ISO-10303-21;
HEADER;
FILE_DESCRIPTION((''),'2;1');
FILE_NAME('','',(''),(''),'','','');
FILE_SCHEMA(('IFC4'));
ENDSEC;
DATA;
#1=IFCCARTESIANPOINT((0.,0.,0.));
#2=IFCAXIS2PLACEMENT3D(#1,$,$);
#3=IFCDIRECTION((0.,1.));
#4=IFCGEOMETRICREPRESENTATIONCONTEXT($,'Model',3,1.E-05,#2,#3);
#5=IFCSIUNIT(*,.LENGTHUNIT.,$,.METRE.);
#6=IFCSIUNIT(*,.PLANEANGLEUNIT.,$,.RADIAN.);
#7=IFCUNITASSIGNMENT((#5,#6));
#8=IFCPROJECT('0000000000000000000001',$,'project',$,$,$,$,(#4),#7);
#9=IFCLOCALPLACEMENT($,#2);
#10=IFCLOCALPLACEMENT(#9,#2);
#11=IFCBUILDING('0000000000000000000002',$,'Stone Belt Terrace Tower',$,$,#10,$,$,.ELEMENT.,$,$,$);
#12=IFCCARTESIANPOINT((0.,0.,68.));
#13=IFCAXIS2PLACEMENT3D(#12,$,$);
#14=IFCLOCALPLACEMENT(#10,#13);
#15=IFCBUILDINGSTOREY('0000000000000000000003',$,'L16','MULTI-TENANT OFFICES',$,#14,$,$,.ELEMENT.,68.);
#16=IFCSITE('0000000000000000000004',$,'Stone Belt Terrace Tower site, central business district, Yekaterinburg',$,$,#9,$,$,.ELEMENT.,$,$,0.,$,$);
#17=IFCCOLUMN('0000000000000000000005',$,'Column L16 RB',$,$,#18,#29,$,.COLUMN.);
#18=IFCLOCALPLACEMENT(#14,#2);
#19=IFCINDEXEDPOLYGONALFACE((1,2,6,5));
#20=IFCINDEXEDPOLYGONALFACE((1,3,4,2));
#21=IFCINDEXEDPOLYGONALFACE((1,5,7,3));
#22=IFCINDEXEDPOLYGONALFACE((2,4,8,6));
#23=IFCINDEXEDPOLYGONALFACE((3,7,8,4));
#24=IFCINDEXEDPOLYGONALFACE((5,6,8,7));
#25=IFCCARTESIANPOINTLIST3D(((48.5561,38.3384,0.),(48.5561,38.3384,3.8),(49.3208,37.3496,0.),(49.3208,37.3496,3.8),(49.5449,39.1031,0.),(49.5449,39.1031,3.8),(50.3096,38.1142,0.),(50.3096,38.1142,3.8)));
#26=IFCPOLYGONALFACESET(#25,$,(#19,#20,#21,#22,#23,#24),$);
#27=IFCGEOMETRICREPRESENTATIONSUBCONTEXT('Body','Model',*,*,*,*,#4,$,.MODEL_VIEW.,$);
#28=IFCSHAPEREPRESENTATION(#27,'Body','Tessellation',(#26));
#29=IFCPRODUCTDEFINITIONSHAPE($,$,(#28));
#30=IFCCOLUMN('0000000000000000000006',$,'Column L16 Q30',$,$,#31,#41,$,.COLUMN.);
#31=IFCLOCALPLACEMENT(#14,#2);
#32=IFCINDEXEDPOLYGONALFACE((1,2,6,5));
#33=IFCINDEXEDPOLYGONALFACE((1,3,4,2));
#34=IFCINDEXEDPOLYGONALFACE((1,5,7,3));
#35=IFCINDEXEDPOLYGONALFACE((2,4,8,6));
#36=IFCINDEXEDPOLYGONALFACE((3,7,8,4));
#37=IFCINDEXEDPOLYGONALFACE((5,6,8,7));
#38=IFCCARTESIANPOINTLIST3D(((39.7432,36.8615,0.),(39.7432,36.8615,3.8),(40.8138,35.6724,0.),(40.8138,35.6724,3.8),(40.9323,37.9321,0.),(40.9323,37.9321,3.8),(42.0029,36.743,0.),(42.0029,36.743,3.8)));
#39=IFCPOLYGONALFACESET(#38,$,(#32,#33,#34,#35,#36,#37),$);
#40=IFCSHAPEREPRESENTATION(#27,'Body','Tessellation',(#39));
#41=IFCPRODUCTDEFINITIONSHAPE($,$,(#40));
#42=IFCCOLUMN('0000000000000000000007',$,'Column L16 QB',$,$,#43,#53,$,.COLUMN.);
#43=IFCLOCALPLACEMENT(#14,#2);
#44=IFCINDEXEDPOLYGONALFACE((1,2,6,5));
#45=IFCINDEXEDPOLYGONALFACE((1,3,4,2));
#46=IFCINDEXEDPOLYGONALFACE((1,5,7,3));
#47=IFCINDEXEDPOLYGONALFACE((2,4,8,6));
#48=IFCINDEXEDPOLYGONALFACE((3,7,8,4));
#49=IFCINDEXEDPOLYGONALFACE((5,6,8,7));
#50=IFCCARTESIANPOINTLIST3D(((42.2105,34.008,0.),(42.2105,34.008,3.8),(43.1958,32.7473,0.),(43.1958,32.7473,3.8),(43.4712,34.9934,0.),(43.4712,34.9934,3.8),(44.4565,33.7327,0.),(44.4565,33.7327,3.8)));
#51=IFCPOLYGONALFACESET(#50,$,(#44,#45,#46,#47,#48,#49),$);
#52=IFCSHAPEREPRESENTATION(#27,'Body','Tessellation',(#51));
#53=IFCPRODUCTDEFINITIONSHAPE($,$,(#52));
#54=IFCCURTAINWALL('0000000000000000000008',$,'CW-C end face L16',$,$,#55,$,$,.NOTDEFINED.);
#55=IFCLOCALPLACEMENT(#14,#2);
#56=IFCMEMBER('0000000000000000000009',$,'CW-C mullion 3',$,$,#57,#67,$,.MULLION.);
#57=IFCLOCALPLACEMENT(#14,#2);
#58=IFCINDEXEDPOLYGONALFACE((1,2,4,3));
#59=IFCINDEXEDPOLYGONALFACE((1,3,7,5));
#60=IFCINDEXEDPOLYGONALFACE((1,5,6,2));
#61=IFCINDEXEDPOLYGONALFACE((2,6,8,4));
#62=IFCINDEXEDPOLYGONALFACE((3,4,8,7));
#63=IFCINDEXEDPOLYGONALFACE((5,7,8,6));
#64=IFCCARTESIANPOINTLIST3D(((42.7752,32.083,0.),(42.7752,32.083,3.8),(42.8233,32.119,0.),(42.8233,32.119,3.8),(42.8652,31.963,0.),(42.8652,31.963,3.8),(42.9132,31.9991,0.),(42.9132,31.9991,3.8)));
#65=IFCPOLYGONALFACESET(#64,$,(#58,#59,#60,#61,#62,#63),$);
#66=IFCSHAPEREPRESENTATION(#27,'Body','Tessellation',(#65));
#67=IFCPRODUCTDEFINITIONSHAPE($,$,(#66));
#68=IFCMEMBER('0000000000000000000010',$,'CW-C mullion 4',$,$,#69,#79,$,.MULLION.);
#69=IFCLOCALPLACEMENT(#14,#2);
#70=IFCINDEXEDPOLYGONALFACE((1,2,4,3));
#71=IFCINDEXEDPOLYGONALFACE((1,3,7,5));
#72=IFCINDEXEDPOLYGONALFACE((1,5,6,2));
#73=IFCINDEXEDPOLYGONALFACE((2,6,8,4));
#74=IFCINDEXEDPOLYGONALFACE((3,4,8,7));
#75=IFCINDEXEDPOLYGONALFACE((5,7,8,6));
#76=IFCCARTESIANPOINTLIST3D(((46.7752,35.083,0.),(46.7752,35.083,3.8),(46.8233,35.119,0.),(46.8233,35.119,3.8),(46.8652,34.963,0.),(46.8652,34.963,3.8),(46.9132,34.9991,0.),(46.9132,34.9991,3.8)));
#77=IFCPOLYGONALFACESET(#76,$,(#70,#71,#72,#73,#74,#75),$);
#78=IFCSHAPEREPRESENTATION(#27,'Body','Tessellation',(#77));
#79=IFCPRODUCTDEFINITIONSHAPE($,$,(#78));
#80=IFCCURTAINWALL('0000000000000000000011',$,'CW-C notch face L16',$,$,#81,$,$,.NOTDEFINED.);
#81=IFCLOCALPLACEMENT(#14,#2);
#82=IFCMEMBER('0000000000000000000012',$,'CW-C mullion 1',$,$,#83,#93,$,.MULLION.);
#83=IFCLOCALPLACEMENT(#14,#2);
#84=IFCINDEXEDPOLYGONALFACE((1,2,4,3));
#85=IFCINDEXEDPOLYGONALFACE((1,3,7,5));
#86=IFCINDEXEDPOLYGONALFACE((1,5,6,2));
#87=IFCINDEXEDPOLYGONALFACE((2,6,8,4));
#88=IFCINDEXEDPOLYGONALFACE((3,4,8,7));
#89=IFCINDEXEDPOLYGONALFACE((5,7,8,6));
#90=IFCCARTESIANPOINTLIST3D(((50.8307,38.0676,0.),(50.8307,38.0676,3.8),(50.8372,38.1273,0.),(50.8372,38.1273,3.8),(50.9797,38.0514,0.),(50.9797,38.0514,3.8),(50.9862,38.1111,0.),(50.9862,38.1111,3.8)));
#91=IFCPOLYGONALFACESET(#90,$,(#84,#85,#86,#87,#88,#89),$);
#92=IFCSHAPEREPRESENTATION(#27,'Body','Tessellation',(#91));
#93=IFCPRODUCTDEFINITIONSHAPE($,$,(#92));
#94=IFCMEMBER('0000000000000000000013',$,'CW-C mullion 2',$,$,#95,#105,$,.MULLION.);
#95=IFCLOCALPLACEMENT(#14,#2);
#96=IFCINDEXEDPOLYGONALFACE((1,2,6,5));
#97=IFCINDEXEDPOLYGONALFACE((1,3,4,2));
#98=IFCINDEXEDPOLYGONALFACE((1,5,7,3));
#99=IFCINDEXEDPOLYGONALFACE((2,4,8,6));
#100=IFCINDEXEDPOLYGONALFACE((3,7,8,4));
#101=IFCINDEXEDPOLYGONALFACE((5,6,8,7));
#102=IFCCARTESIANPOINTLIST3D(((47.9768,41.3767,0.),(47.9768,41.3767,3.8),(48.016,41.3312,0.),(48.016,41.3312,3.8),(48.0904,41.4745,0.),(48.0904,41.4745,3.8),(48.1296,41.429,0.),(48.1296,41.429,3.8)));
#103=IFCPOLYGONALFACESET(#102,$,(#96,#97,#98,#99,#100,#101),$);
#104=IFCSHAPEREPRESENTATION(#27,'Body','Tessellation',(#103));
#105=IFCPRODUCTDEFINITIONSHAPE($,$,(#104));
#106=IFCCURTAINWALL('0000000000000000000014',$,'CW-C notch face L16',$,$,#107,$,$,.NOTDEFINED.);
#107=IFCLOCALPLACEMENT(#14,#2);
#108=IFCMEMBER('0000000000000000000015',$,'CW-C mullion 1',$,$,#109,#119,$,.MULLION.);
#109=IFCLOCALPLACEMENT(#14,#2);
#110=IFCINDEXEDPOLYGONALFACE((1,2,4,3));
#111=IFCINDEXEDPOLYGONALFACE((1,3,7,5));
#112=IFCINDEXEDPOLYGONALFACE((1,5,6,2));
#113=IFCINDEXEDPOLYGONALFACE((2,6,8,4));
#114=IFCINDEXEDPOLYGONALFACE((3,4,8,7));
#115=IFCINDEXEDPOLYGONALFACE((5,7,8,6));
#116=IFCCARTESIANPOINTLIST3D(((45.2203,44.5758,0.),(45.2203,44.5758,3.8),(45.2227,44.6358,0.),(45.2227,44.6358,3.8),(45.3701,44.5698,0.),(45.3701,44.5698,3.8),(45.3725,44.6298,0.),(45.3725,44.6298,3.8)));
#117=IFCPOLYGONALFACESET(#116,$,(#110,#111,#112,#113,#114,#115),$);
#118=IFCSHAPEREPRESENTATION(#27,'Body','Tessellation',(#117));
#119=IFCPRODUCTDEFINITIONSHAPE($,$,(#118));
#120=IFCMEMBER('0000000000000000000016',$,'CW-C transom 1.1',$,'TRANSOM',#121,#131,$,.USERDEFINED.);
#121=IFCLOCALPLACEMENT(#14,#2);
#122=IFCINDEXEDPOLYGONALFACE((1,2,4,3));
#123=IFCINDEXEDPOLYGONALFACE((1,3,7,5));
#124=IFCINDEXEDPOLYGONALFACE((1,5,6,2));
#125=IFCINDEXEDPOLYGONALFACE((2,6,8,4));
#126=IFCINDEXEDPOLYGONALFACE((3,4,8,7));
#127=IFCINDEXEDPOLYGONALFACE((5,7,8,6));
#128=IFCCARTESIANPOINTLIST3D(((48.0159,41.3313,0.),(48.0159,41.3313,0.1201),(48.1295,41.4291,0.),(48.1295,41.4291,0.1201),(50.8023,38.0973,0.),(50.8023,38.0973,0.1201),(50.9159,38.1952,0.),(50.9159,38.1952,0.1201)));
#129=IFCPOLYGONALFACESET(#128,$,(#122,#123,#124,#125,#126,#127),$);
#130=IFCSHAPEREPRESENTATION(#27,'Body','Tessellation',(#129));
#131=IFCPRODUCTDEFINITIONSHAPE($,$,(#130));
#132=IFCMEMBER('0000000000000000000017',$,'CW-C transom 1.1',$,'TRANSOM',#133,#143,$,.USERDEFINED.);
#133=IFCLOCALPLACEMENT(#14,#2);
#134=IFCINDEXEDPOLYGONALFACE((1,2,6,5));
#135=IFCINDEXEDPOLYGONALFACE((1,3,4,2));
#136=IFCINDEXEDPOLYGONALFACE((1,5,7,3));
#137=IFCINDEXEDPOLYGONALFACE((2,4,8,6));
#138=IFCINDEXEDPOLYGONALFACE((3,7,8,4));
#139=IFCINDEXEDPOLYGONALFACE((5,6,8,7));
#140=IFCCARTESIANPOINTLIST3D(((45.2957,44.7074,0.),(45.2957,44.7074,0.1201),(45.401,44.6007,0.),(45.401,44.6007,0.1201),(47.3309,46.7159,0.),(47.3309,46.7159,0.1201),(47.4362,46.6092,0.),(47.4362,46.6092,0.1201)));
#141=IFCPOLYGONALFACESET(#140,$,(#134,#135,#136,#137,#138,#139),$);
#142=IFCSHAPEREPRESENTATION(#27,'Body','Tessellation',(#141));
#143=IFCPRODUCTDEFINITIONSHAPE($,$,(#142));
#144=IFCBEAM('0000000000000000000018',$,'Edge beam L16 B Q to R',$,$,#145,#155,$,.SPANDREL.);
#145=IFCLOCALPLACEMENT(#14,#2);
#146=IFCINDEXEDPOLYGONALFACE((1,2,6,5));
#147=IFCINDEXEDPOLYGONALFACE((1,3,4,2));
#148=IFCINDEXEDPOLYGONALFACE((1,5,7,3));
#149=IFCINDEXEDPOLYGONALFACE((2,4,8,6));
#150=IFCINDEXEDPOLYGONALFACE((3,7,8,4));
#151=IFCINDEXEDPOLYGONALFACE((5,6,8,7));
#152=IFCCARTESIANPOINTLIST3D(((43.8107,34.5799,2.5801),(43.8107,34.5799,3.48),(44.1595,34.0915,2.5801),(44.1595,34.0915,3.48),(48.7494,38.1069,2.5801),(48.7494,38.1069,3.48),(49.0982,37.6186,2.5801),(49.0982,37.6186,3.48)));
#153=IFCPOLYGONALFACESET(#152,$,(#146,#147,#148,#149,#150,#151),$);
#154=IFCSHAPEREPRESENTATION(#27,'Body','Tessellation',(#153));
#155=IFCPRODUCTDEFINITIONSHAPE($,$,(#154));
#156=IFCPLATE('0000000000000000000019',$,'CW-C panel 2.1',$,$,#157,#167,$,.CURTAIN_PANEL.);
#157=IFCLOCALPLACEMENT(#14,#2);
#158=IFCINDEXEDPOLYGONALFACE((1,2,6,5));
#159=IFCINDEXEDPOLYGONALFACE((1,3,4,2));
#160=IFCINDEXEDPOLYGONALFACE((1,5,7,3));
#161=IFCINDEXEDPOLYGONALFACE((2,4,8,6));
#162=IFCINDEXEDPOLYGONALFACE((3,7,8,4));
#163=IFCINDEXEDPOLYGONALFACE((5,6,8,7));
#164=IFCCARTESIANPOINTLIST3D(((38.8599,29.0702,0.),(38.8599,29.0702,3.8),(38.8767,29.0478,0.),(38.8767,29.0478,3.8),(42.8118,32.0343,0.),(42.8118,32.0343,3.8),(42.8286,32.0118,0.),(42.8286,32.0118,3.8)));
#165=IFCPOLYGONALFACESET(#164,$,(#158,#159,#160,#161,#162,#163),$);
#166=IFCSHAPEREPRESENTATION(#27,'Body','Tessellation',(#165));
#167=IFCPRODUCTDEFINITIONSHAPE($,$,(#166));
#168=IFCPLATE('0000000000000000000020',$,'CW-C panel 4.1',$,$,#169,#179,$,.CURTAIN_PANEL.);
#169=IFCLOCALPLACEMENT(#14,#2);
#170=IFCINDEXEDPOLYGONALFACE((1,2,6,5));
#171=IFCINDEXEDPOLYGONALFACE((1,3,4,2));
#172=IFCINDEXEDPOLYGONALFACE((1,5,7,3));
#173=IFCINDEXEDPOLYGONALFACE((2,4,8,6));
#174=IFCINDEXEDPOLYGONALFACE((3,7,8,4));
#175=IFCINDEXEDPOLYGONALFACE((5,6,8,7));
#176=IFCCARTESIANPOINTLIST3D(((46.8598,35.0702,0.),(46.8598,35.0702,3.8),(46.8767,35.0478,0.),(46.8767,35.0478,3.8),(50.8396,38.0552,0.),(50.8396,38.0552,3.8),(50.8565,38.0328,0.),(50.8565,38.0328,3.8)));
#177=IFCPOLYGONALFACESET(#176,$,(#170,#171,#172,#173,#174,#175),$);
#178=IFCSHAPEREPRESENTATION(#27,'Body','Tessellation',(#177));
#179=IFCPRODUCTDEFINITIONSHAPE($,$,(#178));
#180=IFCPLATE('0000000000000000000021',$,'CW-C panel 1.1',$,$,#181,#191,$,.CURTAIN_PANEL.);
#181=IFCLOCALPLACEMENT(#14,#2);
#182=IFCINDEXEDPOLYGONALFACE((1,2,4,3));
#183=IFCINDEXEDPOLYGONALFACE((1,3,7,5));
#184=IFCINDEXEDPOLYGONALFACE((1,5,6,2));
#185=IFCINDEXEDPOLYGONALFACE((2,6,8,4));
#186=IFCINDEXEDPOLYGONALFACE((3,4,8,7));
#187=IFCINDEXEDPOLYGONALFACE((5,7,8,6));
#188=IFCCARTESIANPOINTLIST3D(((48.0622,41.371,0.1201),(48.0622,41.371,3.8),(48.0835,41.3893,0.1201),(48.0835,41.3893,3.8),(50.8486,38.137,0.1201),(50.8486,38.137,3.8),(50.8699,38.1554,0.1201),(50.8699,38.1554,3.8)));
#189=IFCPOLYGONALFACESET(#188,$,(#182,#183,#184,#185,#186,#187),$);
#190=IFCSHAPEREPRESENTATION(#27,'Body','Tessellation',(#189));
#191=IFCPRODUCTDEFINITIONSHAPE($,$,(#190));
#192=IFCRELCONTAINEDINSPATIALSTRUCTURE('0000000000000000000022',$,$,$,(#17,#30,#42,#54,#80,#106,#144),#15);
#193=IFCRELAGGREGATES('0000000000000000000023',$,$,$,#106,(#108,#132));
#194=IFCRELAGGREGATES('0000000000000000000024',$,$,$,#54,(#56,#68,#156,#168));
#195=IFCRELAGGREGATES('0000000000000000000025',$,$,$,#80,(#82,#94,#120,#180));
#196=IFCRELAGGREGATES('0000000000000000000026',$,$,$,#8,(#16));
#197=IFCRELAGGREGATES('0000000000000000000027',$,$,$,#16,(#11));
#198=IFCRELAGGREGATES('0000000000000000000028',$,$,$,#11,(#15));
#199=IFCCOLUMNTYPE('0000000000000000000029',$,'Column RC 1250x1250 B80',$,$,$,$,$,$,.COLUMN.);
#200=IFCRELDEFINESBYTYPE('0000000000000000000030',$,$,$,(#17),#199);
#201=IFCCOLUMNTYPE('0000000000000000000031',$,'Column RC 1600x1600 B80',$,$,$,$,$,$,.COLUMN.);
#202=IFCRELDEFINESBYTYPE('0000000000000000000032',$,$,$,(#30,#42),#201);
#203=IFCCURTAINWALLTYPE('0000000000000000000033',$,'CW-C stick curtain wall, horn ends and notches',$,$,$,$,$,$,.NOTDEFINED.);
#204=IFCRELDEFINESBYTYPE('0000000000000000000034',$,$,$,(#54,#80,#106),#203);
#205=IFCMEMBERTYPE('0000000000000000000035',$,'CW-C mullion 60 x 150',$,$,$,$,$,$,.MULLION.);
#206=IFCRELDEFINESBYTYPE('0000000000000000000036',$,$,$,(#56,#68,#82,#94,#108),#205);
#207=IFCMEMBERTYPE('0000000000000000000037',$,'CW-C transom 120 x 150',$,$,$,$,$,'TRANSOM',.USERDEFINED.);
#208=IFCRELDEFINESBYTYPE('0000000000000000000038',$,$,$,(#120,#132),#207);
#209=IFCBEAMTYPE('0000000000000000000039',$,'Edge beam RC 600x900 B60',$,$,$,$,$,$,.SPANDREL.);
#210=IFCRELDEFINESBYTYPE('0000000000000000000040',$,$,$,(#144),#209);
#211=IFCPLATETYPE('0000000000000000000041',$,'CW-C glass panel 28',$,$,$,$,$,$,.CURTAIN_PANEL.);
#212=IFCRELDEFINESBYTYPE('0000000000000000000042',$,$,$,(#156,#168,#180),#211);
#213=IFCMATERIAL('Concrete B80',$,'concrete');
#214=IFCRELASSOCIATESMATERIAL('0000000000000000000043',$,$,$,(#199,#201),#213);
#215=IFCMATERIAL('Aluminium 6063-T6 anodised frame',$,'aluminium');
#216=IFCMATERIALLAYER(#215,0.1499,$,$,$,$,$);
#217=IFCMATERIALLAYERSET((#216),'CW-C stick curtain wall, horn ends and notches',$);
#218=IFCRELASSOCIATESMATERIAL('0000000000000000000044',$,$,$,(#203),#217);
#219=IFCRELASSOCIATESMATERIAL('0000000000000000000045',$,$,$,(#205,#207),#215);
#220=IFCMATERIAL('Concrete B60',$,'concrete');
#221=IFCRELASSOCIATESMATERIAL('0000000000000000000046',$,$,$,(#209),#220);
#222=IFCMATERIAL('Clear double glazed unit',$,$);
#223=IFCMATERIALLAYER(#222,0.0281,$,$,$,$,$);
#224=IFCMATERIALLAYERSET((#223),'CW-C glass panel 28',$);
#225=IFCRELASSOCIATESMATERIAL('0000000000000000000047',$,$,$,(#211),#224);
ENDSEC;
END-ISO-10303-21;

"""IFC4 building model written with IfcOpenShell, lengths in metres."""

from ifc_helpers import new_model, si_unit, direction, frame, origin, origin_2d, place, context, subcontext, project, spatial, rectangle, extrude, material, layer, layer_set, material_profile, profile_set, type_object, element, aggregate, save


model = new_model("IFC4")

# Units and contexts
model_context = context("Model", 3, precision=1e-05, world=origin(), true_north=direction((0.0, 1.0)))
body_context = subcontext(model_context, "Body", "Model", "MODEL_VIEW")
ifc_project = project(units=[si_unit("LENGTHUNIT", "METRE"), si_unit("PLANEANGLEUNIT", "RADIAN")], contexts=[model_context])

# Site, building, storey
site_placement = place(None, origin())
site = spatial("IfcSite", under=ifc_project, at=site_placement, Name="Stone Belt Terrace Tower site, central business district, Yekaterinburg", CompositionType="ELEMENT", RefElevation=0.0)
building_placement = place(site_placement, origin())
building = spatial("IfcBuilding", under=site, at=building_placement, Name="Stone Belt Terrace Tower", CompositionType="ELEMENT")
storey_placement = place(building_placement, frame((0.0, 0.0, 68.0)))
storey = spatial("IfcBuildingStorey", under=building, at=storey_placement, Name="L16", Description="MULTI-TENANT OFFICES", CompositionType="ELEMENT", Elevation=68.0)

# Columns
ifc_material_1 = material(Name="Concrete B80", Category="concrete")
ifc_material_profile_1 = material_profile(ifc_material_1, rectangle(XDim=1.25, YDim=1.25, at=origin_2d()), Name="RC 1250x1250")
ifc_profile_set_1 = profile_set([ifc_material_profile_1], Name="Concrete B80")
column_type_1 = type_object("IfcColumnType", Name="Column RC 1250x1250 B80", PredefinedType="COLUMN", material=ifc_profile_set_1)
column_placement = place(storey_placement, frame((49.4329, 38.2263, 0.0), z_axis=(0.0, 0.0, 1.0), x_axis=(0.61173, -0.791067, 0.0)))
element("IfcColumn", 1, at=column_placement, inside=storey, type_object=column_type_1, Name="Column L16 RB", PredefinedType="COLUMN", context=body_context, shape_type="SweptSolid", body=[
    extrude(rectangle(XDim=1.25, YDim=1.25, at=origin_2d()), origin(), (0.0, 0.0, 1.0), 3.8),
])
ifc_material_profile_2 = material_profile(ifc_material_1, rectangle(XDim=1.6001, YDim=1.6001, at=origin_2d()), Name="RC 1600x1600")
ifc_profile_set_2 = profile_set([ifc_material_profile_2], Name="Concrete B80")
column_type_2 = type_object("IfcColumnType", Name="Column RC 1600x1600 B80", PredefinedType="COLUMN", material=ifc_profile_set_2)
for number, where, z_axis, x_axis, name in (
    (2, (40.873, 36.8022, 0.0), (0.0, 0.0, 1.0), (0.669131, -0.743145, 0.0), "Column L16 Q30"),
    (3, (43.3335, 33.8704, 0.0), (0.0, 0.0, 1.0), (0.615825, -0.787883, 0.0), "Column L16 QB"),
):
    element("IfcColumn", number, at=place(storey_placement, frame(where, z_axis=z_axis, x_axis=x_axis)), inside=storey, type_object=column_type_2, Name=name, PredefinedType="COLUMN", context=body_context, shape_type="SweptSolid", body=[
        extrude(rectangle(XDim=1.6001, YDim=1.6001, at=origin_2d()), origin(), (0.0, 0.0, 1.0), 3.8),
    ])

# Curtain walls, members
ifc_material_2 = material(Name="Aluminium 6063-T6 anodised frame", Category="aluminium")
ifc_layer_1 = layer(ifc_material_2, 0.1499)
ifc_layer_set_1 = layer_set([ifc_layer_1], Name="CW-C stick curtain wall, horn ends and notches")
curtain_wall_type = type_object("IfcCurtainWallType", Name="CW-C stick curtain wall, horn ends and notches", PredefinedType="NOTDEFINED", material=ifc_layer_set_1)
curtain_wall_1_placement = place(storey_placement, origin())
curtain_wall_1 = element("IfcCurtainWall", 4, at=curtain_wall_1_placement, inside=storey, type_object=curtain_wall_type, Name="CW-C end face L16", PredefinedType="NOTDEFINED")
ifc_material_profile_3 = material_profile(ifc_material_2, rectangle(XDim=0.1499, YDim=0.0601, at=origin_2d()), Name="Aluminium 6063-T6 60x150")
ifc_profile_set_3 = profile_set([ifc_material_profile_3], Name="Aluminium 6063-T6 anodised frame")
member_type_1 = type_object("IfcMemberType", Name="CW-C mullion 60 x 150", PredefinedType="MULLION", material=ifc_profile_set_3)
member_1_placement = place(storey_placement, frame((42.8442, 32.041, 0.0), z_axis=(0.0, 0.0, 1.0), x_axis=(-0.600018, 0.799987, 0.0)))
member_1 = element("IfcMember", 5, at=member_1_placement, type_object=member_type_1, Name="CW-C mullion 3", PredefinedType="MULLION", context=body_context, shape_type="SweptSolid", body=[
    extrude(rectangle(XDim=0.1499, YDim=0.0601, at=origin_2d()), origin(), (0.0, 0.0, 1.0), 3.8),
])
member_2_placement = place(storey_placement, frame((46.8442, 35.041, 0.0), z_axis=(0.0, 0.0, 1.0), x_axis=(-0.600018, 0.799987, 0.0)))
member_2 = element("IfcMember", 6, at=member_2_placement, type_object=member_type_1, Name="CW-C mullion 4", PredefinedType="MULLION", context=body_context, shape_type="SweptSolid", body=[
    extrude(rectangle(XDim=0.1499, YDim=0.0601, at=origin_2d()), origin(), (0.0, 0.0, 1.0), 3.8),
])
curtain_wall_2_placement = place(storey_placement, origin())
curtain_wall_2 = element("IfcCurtainWall", 7, at=curtain_wall_2_placement, inside=storey, type_object=curtain_wall_type, Name="CW-C notch face L16", PredefinedType="NOTDEFINED")
member_3_placement = place(storey_placement, frame((50.9084, 38.0894, 0.0), z_axis=(0.0, 0.0, 1.0), x_axis=(-0.994169, 0.10783, 0.0)))
member_3 = element("IfcMember", 8, at=member_3_placement, type_object=member_type_1, Name="CW-C mullion 1", PredefinedType="MULLION", context=body_context, shape_type="SweptSolid", body=[
    extrude(rectangle(XDim=0.1499, YDim=0.0601, at=origin_2d()), origin(), (0.0, 0.0, 1.0), 3.8),
])
member_4_placement = place(storey_placement, frame((48.0532, 41.4028, 0.0), z_axis=(0.0, 0.0, 1.0), x_axis=(-0.757584, -0.652738, 0.0)))
member_4 = element("IfcMember", 9, at=member_4_placement, type_object=member_type_1, Name="CW-C mullion 2", PredefinedType="MULLION", context=body_context, shape_type="SweptSolid", body=[
    extrude(rectangle(XDim=0.1499, YDim=0.0601, at=origin_2d()), origin(), (0.0, 0.0, 1.0), 3.8),
])

# Curtain wall, member
curtain_wall_3_placement = place(storey_placement, origin())
curtain_wall_3 = element("IfcCurtainWall", 10, at=curtain_wall_3_placement, inside=storey, type_object=curtain_wall_type, Name="CW-C notch face L16", PredefinedType="NOTDEFINED")
member_5_placement = place(storey_placement, frame((45.2964, 44.6028, 0.0), z_axis=(0.0, 0.0, 1.0), x_axis=(-0.999185, 0.04036, 0.0)))
member_5 = element("IfcMember", 11, at=member_5_placement, type_object=member_type_1, Name="CW-C mullion 1", PredefinedType="MULLION", context=body_context, shape_type="SweptSolid", body=[
    extrude(rectangle(XDim=0.1499, YDim=0.0601, at=origin_2d()), origin(), (0.0, 0.0, 1.0), 3.8),
])

# Members
ifc_material_profile_4 = material_profile(ifc_material_2, rectangle(XDim=0.1499, YDim=0.1201, at=origin_2d()), Name="Aluminium 6063-T6 150x120")
ifc_profile_set_4 = profile_set([ifc_material_profile_4], Name="Aluminium 6063-T6 anodised frame")
member_type_2 = type_object("IfcMemberType", Name="CW-C transom 120 x 150", ElementType="TRANSOM", PredefinedType="USERDEFINED", material=ifc_profile_set_4)
member_6_placement = place(storey_placement, frame((50.8591, 38.1462, 0.0601), z_axis=(-0.652744, 0.757579, 0.0), x_axis=(-0.757579, -0.652744, 0.0)))
member_6 = element("IfcMember", 12, at=member_6_placement, type_object=member_type_2, Name="CW-C transom 1.1", ObjectType="TRANSOM", PredefinedType="USERDEFINED", context=body_context, shape_type="SweptSolid", body=[
    extrude(rectangle(XDim=0.1499, YDim=0.1201, at=origin_2d()), origin(), (0.0, 0.0, 1.0), 4.2688),
])
member_7_placement = place(storey_placement, frame((45.3484, 44.6541, 0.0601), z_axis=(0.711745, 0.702438, 0.0), x_axis=(-0.702438, 0.711745, 0.0)))
member_7 = element("IfcMember", 13, at=member_7_placement, type_object=member_type_2, Name="CW-C transom 1.1", ObjectType="TRANSOM", PredefinedType="USERDEFINED", context=body_context, shape_type="SweptSolid", body=[
    extrude(rectangle(XDim=0.1499, YDim=0.1201, at=origin_2d()), origin(), (0.0, 0.0, 1.0), 2.8594),
])
aggregate(curtain_wall_3, [member_5, member_7])

# Beam
ifc_material_3 = material(Name="Concrete B60", Category="concrete")
ifc_material_profile_5 = material_profile(ifc_material_3, rectangle(XDim=0.6001, YDim=0.8999, at=origin_2d()), Name="RC 600x900")
ifc_profile_set_5 = profile_set([ifc_material_profile_5], Name="Concrete B60")
beam_type = type_object("IfcBeamType", Name="Edge beam RC 600x900 B60", PredefinedType="SPANDREL", material=ifc_profile_set_5)
beam_placement = place(storey_placement, frame((43.9851, 34.3357, 3.03), z_axis=(0.813777, 0.581177, 0.0), x_axis=(-0.581177, 0.813777, 0.0)))
element("IfcBeam", 14, at=beam_placement, inside=storey, type_object=beam_type, Name="Edge beam L16 B Q to R", PredefinedType="SPANDREL", context=body_context, shape_type="SweptSolid", body=[
    extrude(rectangle(XDim=0.6001, YDim=0.8999, at=origin_2d()), origin(), (0.0, 0.0, 1.0), 6.0688),
])

# Plates
ifc_material_4 = material(Name="Clear double glazed unit")
ifc_layer_2 = layer(ifc_material_4, 0.0281)
ifc_layer_set_2 = layer_set([ifc_layer_2], Name="CW-C glass panel 28")
plate_type = type_object("IfcPlateType", Name="CW-C glass panel 28", PredefinedType="CURTAIN_PANEL", material=ifc_layer_set_2)
plate_1_placement = place(storey_placement, frame((40.8442, 30.541, 0.0), z_axis=(0.0, 0.0, 1.0), x_axis=(0.799987, 0.600018, 0.0)))
plate_1 = element("IfcPlate", 15, at=plate_1_placement, type_object=plate_type, Name="CW-C panel 2.1", PredefinedType="CURTAIN_PANEL", context=body_context, shape_type="SweptSolid", body=[
    extrude(rectangle(XDim=4.9399, YDim=0.0281, at=origin_2d()), origin(), (0.0, 0.0, 1.0), 3.8),
])
plate_2_placement = place(storey_placement, frame((48.8582, 36.5515, 0.0), z_axis=(0.0, 0.0, 1.0), x_axis=(0.799987, 0.600018, 0.0)))
plate_2 = element("IfcPlate", 16, at=plate_2_placement, type_object=plate_type, Name="CW-C panel 4.1", PredefinedType="CURTAIN_PANEL", context=body_context, shape_type="SweptSolid", body=[
    extrude(rectangle(XDim=4.9749, YDim=0.0281, at=origin_2d()), origin(), (0.0, 0.0, 1.0), 3.8),
])
aggregate(curtain_wall_1, [member_1, member_2, plate_1, plate_2])
plate_3_placement = place(storey_placement, frame((49.4661, 39.7632, 0.1201), z_axis=(0.0, 0.0, 1.0), x_axis=(-0.652738, 0.757584, 0.0)))
plate_3 = element("IfcPlate", 17, at=plate_3_placement, type_object=plate_type, Name="CW-C panel 1.1", PredefinedType="CURTAIN_PANEL", context=body_context, shape_type="SweptSolid", body=[
    extrude(rectangle(XDim=4.2688, YDim=0.0281, at=origin_2d()), origin(), (0.0, 0.0, 1.0), 3.6799),
])
aggregate(curtain_wall_2, [member_3, member_4, member_6, plate_3])

save(model, "model.ifc")
